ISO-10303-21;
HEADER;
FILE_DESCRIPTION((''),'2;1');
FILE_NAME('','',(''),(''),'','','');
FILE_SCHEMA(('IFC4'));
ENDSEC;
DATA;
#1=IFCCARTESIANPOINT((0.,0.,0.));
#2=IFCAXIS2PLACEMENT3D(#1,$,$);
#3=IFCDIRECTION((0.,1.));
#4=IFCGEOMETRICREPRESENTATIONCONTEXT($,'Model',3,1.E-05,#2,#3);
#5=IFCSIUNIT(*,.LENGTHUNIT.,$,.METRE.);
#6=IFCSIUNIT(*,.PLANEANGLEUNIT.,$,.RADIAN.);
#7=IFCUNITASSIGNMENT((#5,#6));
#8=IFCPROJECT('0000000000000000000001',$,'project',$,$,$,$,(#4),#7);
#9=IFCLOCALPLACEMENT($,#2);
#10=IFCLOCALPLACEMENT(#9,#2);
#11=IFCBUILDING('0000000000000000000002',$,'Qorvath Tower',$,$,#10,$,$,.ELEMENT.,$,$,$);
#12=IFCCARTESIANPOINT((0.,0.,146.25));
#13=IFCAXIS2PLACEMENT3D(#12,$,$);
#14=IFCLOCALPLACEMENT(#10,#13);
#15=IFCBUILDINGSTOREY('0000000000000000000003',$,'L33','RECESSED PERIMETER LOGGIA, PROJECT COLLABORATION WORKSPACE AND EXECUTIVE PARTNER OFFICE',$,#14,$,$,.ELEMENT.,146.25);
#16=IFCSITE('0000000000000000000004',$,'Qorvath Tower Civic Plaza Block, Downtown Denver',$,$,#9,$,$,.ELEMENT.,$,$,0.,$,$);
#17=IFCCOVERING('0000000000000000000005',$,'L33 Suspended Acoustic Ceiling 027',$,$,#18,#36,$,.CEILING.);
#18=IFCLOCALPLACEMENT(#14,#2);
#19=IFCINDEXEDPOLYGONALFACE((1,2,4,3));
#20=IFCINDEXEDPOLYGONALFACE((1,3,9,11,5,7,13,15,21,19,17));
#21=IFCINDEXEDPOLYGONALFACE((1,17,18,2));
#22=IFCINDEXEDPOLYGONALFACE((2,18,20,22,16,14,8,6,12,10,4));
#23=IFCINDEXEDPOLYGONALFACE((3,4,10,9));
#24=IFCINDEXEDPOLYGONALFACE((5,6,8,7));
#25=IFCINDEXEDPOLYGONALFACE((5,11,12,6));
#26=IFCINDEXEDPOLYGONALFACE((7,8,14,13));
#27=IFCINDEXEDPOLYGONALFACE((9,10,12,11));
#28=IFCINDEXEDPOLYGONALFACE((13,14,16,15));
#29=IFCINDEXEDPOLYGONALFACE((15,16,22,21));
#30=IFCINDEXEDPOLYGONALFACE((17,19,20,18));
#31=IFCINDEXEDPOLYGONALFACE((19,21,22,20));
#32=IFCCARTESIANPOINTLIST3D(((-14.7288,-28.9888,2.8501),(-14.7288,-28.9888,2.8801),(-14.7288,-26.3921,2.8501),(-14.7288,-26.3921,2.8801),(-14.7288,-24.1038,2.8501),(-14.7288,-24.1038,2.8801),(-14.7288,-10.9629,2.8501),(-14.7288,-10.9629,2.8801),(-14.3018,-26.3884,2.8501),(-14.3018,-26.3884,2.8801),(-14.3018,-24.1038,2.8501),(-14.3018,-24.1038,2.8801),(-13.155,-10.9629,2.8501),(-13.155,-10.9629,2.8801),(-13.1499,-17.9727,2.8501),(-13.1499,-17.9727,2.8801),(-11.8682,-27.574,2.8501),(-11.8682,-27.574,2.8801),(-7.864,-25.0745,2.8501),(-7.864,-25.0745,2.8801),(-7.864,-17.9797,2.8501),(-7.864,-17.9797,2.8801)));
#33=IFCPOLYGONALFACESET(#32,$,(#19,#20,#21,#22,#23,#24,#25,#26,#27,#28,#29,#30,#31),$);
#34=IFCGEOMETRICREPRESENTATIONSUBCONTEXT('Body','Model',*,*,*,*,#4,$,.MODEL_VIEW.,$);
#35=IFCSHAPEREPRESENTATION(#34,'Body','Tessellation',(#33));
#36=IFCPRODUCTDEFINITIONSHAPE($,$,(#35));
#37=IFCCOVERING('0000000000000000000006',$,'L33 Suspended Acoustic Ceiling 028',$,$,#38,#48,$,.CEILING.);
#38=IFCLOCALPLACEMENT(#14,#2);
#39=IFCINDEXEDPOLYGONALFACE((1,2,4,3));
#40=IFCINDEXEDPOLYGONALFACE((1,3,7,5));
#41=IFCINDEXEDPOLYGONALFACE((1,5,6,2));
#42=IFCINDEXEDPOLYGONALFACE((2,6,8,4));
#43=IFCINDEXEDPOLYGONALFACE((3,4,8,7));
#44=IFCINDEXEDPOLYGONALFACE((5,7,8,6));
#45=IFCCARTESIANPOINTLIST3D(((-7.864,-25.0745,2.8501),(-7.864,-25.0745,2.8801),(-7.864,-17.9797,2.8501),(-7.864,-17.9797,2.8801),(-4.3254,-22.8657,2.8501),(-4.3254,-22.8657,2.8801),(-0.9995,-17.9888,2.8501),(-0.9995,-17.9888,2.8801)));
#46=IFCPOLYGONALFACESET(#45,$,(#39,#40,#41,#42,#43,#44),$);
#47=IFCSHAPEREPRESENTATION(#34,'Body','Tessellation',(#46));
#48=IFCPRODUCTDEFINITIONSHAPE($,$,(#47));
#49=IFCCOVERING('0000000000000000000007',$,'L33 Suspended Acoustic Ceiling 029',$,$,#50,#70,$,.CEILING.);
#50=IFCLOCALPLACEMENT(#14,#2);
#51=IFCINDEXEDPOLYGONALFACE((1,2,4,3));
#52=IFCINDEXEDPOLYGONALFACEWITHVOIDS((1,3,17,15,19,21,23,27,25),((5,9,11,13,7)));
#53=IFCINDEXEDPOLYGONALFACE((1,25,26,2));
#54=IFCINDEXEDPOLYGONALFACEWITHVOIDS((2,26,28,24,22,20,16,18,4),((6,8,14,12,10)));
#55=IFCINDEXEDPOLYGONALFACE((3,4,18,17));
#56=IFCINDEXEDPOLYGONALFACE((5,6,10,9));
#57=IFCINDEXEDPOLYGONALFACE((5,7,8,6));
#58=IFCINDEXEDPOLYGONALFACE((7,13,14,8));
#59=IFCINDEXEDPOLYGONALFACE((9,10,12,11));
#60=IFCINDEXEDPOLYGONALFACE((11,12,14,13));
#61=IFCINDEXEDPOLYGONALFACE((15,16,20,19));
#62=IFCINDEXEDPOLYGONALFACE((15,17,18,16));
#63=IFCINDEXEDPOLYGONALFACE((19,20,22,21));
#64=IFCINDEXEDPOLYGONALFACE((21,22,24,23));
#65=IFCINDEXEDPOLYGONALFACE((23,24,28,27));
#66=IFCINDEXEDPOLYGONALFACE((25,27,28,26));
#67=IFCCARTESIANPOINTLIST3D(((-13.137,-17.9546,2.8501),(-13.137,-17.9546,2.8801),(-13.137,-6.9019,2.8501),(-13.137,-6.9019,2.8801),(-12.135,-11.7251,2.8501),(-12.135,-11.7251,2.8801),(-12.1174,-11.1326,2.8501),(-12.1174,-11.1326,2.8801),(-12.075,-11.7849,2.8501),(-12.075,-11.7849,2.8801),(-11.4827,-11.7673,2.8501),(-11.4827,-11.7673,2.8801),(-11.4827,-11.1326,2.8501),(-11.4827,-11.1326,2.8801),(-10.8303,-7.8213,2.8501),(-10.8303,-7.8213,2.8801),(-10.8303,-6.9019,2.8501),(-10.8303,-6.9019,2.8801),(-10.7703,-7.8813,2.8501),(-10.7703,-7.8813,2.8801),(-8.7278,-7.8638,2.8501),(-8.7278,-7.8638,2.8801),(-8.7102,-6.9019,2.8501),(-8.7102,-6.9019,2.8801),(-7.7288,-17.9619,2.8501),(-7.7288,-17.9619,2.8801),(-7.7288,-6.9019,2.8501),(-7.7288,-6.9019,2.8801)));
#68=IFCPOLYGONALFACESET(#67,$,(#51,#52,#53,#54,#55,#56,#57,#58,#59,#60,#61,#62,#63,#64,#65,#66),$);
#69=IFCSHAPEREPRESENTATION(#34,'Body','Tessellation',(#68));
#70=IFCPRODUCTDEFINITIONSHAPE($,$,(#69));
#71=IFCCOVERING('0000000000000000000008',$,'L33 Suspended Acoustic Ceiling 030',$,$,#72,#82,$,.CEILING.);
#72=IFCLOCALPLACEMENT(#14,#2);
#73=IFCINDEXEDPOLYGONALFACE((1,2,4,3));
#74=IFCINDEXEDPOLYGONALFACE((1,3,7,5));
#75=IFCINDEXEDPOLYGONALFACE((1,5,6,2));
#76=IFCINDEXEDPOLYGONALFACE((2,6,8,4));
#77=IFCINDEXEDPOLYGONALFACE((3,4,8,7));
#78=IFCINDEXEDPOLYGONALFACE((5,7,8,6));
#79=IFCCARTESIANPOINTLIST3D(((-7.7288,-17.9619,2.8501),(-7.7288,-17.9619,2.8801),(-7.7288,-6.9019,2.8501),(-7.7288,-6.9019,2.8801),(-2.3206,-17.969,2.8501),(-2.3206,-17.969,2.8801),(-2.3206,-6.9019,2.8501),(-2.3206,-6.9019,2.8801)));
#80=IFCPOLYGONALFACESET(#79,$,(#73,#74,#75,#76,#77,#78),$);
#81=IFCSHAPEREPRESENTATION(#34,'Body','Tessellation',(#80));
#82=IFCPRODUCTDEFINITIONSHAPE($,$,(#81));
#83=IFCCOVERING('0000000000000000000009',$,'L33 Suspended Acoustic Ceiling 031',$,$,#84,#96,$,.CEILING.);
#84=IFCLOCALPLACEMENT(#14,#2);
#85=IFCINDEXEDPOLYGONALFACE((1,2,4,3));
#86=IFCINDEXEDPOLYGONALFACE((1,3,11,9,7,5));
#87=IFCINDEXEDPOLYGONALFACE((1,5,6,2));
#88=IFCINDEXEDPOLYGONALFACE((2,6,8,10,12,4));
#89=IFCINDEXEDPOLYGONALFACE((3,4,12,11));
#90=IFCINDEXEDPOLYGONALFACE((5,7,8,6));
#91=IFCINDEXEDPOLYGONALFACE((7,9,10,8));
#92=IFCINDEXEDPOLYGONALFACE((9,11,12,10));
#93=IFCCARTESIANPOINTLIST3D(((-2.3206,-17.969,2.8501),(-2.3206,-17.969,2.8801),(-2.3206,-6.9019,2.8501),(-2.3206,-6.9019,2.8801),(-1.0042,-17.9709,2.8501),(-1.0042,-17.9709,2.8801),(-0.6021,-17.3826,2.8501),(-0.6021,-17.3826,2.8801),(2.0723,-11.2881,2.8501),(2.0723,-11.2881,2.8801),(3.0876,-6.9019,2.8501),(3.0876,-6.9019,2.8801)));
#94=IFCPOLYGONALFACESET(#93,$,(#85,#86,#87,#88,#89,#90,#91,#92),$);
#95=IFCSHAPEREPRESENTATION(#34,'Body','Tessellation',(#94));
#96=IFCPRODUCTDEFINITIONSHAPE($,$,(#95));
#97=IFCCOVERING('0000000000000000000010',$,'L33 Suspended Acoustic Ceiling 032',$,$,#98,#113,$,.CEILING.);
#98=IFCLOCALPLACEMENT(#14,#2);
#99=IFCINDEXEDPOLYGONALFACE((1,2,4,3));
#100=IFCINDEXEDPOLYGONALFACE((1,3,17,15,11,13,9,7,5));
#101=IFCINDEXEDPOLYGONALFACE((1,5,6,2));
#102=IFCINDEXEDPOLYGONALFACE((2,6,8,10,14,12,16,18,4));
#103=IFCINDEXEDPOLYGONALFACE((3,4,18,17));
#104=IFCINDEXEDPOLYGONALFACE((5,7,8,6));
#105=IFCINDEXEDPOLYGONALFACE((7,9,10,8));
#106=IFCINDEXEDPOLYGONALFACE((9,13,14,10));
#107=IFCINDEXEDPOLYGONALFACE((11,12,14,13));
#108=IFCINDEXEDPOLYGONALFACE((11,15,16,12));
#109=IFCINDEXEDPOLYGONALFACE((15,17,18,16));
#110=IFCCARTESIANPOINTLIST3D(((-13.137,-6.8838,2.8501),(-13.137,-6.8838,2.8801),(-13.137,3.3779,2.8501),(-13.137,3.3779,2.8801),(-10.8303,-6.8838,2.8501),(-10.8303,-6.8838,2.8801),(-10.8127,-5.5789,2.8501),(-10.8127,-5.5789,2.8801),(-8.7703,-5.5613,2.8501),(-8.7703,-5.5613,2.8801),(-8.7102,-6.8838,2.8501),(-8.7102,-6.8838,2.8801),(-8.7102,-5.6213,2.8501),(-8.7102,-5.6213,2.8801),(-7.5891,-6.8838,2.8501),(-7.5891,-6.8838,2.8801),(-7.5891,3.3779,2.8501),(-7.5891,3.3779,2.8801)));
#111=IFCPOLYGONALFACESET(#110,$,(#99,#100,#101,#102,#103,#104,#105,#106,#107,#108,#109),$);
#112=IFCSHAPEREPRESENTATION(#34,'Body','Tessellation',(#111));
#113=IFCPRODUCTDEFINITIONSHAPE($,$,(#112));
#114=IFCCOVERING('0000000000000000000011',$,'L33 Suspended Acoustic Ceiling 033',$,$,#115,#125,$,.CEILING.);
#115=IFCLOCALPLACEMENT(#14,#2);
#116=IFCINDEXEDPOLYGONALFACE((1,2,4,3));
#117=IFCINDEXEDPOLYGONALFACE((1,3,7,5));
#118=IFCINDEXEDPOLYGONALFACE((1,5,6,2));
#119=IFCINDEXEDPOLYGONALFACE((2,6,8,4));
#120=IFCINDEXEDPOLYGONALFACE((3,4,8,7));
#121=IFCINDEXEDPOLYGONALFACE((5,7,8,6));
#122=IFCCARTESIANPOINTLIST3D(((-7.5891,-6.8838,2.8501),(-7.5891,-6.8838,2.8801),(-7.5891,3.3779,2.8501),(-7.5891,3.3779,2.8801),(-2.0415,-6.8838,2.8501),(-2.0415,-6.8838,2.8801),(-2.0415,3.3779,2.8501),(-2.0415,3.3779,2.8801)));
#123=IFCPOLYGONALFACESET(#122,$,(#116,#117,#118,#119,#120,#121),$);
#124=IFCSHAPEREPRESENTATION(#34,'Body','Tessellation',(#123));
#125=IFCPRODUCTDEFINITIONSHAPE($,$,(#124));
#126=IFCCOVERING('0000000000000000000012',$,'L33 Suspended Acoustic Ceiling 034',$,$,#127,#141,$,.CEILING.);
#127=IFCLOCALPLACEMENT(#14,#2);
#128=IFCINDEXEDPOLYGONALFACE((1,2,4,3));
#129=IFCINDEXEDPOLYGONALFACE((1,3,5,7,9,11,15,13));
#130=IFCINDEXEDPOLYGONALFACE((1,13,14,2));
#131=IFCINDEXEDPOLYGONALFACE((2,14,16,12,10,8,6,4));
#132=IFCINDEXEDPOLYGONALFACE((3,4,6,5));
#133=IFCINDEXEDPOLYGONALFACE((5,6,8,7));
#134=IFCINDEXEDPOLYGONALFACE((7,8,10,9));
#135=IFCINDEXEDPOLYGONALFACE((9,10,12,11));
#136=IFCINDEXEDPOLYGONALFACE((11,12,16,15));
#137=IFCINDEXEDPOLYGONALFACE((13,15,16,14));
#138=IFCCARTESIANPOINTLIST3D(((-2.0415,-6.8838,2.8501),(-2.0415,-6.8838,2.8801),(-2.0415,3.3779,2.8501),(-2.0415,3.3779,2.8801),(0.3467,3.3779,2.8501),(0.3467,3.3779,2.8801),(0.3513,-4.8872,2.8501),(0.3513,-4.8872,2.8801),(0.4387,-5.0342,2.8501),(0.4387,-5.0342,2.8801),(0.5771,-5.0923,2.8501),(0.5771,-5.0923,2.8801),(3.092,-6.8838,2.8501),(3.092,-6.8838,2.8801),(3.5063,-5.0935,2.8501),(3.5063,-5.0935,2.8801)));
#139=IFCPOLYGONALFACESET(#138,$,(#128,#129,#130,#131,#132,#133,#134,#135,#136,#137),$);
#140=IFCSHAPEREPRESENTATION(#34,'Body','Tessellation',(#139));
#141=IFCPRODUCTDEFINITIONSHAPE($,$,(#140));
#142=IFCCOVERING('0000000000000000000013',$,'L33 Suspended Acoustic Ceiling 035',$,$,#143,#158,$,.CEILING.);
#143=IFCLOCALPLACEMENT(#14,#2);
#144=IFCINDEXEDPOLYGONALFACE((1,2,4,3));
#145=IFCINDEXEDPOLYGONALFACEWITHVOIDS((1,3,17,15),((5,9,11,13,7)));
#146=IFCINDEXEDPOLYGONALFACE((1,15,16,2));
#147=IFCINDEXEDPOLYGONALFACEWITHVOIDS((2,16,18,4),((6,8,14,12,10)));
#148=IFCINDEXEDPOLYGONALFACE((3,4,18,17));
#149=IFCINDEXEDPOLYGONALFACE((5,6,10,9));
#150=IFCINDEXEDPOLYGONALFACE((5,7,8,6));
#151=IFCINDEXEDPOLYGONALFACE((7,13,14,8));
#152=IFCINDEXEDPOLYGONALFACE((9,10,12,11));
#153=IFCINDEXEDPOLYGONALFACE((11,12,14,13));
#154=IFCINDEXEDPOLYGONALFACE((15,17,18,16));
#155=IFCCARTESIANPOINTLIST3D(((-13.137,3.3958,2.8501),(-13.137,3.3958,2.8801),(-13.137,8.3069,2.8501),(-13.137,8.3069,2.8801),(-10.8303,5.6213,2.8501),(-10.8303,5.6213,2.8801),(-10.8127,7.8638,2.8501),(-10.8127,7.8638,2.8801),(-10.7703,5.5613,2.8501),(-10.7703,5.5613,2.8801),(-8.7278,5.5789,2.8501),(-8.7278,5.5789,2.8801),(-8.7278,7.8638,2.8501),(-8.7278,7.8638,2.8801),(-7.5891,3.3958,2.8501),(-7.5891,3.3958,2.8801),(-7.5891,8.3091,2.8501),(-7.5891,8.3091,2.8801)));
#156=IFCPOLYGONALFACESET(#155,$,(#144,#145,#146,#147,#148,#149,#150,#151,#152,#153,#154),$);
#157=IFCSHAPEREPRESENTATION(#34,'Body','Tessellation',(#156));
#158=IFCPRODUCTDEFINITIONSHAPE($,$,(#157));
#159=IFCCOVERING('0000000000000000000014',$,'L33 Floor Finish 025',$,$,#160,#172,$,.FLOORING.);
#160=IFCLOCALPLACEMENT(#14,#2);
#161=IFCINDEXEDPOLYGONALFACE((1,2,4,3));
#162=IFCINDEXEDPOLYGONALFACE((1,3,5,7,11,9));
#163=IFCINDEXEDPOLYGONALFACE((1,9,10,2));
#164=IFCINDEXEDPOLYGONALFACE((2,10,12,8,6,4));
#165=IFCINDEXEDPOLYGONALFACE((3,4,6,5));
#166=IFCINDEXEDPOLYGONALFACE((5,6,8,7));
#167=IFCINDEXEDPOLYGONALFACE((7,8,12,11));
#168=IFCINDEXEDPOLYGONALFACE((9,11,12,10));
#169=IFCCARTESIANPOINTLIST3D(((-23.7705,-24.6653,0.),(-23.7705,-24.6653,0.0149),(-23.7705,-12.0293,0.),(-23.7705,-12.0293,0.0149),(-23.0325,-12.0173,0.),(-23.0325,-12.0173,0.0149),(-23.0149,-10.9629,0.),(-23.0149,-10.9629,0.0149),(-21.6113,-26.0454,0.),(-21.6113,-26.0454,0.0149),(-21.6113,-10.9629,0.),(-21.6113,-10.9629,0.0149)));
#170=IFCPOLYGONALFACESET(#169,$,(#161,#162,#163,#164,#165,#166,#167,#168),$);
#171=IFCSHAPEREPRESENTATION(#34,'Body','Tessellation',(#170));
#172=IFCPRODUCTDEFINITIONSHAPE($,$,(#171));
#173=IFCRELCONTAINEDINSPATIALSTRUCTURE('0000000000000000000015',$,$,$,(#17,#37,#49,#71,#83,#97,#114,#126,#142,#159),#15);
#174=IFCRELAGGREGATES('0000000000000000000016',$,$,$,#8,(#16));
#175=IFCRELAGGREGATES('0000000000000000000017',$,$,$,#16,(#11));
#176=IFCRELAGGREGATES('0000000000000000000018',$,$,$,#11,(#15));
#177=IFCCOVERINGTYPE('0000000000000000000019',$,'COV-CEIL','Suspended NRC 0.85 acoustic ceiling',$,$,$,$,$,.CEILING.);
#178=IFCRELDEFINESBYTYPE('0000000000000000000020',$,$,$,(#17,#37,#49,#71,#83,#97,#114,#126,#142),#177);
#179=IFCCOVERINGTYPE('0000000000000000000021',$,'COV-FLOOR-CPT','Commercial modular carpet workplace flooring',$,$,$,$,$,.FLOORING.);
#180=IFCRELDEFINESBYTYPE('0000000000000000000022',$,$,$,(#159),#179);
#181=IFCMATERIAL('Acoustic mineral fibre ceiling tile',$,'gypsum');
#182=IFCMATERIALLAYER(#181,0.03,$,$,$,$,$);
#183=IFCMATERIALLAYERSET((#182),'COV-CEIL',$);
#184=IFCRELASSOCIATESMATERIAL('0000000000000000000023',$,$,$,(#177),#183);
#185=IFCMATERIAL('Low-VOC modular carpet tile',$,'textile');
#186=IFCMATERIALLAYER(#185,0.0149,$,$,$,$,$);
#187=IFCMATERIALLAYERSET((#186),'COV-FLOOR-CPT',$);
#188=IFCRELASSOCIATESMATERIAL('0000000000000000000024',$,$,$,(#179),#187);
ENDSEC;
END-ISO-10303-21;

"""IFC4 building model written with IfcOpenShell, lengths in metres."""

from ifc_helpers import new_model, si_unit, direction, frame, origin, place, context, subcontext, project, spatial, polyline, outline, extrude, material, layer, layer_set, type_object, element, save


model = new_model("IFC4")

# Units and contexts
model_context = context("Model", 3, precision=1e-05, world=origin(), true_north=direction((0.0, 1.0)))
body_context = subcontext(model_context, "Body", "Model", "MODEL_VIEW")
ifc_project = project(units=[si_unit("LENGTHUNIT", "METRE"), si_unit("PLANEANGLEUNIT", "RADIAN")], contexts=[model_context])

# Site, building, storey
site_placement = place(None, origin())
site = spatial("IfcSite", under=ifc_project, at=site_placement, Name="Qorvath Tower Civic Plaza Block, Downtown Denver", CompositionType="ELEMENT", RefElevation=0.0)
building_placement = place(site_placement, origin())
building = spatial("IfcBuilding", under=site, at=building_placement, Name="Qorvath Tower", CompositionType="ELEMENT")
storey_placement = place(building_placement, frame((0.0, 0.0, 146.25)))
storey = spatial("IfcBuildingStorey", under=building, at=storey_placement, Name="L33", Description="RECESSED PERIMETER LOGGIA, PROJECT COLLABORATION WORKSPACE AND EXECUTIVE PARTNER OFFICE", CompositionType="ELEMENT", Elevation=146.25)

# Coverings
ifc_material_1 = material(Name="Acoustic mineral fibre ceiling tile", Category="gypsum")
ifc_layer_1 = layer(ifc_material_1, 0.03)
ifc_layer_set_1 = layer_set([ifc_layer_1], Name="COV-CEIL")
covering_type_1 = type_object("IfcCoveringType", Name="COV-CEIL", Description="Suspended NRC 0.85 acoustic ceiling", PredefinedType="CEILING", material=ifc_layer_set_1)
covering_1_placement = place(storey_placement, frame((0.0, 0.0, 2.8501)))
element("IfcCovering", 1, at=covering_1_placement, inside=storey, type_object=covering_type_1, Name="L33 Suspended Acoustic Ceiling 027", PredefinedType="CEILING", context=body_context, shape_type="SweptSolid", body=[
    extrude(outline(polyline([(-14.7288, -10.9629), (-14.7288, -24.1038), (-14.3018, -24.1038), (-14.3018, -26.3884), (-14.7288, -26.3921), (-14.7288, -28.9888), (-11.8682, -27.574), (-7.864, -25.0745), (-7.864, -17.9797), (-13.1499, -17.9727), (-13.155, -10.9629), (-14.7288, -10.9629)])), origin(), (0.0, 0.0, 1.0), 0.03),
])
covering_2_placement = place(storey_placement, frame((0.0, 0.0, 2.8501)))
element("IfcCovering", 2, at=covering_2_placement, inside=storey, type_object=covering_type_1, Name="L33 Suspended Acoustic Ceiling 028", PredefinedType="CEILING", context=body_context, shape_type="SweptSolid", body=[
    extrude(outline(polyline([(-7.864, -17.9797), (-7.864, -25.0745), (-4.3254, -22.8657), (-0.9995, -17.9888), (-7.864, -17.9797)])), origin(), (0.0, 0.0, 1.0), 0.03),
])
covering_3_placement = place(storey_placement, frame((0.0, 0.0, 2.8501)))
element("IfcCovering", 3, at=covering_3_placement, inside=storey, type_object=covering_type_1, Name="L33 Suspended Acoustic Ceiling 029", PredefinedType="CEILING", context=body_context, shape_type="SweptSolid", body=[
    extrude(outline(polyline([(-13.137, -17.9546), (-7.7288, -17.9619), (-7.7288, -6.9019), (-8.7102, -6.9019), (-8.7278, -7.8638), (-10.7703, -7.8813), (-10.8303, -7.8213), (-10.8303, -6.9019), (-13.137, -6.9019), (-13.137, -17.9546)]), holes=[polyline([(-12.135, -11.7251), (-12.1174, -11.1326), (-11.4827, -11.1326), (-11.4827, -11.7673), (-12.075, -11.7849), (-12.135, -11.7251)])]), origin(), (0.0, 0.0, 1.0), 0.03),
])
covering_4_placement = place(storey_placement, frame((0.0, 0.0, 2.8501)))
element("IfcCovering", 4, at=covering_4_placement, inside=storey, type_object=covering_type_1, Name="L33 Suspended Acoustic Ceiling 030", PredefinedType="CEILING", context=body_context, shape_type="SweptSolid", body=[
    extrude(outline(polyline([(-7.7288, -6.9019), (-7.7288, -17.9619), (-2.3206, -17.969), (-2.3206, -6.9019), (-7.7288, -6.9019)])), origin(), (0.0, 0.0, 1.0), 0.03),
])
covering_5_placement = place(storey_placement, frame((0.0, 0.0, 2.8501)))
element("IfcCovering", 5, at=covering_5_placement, inside=storey, type_object=covering_type_1, Name="L33 Suspended Acoustic Ceiling 031", PredefinedType="CEILING", context=body_context, shape_type="SweptSolid", body=[
    extrude(outline(polyline([(-2.3206, -6.9019), (-2.3206, -17.969), (-1.0042, -17.9709), (-0.6021, -17.3826), (2.0723, -11.2881), (3.0876, -6.9019), (-2.3206, -6.9019)])), origin(), (0.0, 0.0, 1.0), 0.03),
])
covering_6_placement = place(storey_placement, frame((0.0, 0.0, 2.8501)))
element("IfcCovering", 6, at=covering_6_placement, inside=storey, type_object=covering_type_1, Name="L33 Suspended Acoustic Ceiling 032", PredefinedType="CEILING", context=body_context, shape_type="SweptSolid", body=[
    extrude(outline(polyline([(-7.5891, -6.8838), (-7.5891, 3.3779), (-13.137, 3.3779), (-13.137, -6.8838), (-10.8303, -6.8838), (-10.8127, -5.5789), (-8.7703, -5.5613), (-8.7102, -5.6213), (-8.7102, -6.8838), (-7.5891, -6.8838)])), origin(), (0.0, 0.0, 1.0), 0.03),
])
covering_7_placement = place(storey_placement, frame((0.0, 0.0, 2.8501)))
element("IfcCovering", 7, at=covering_7_placement, inside=storey, type_object=covering_type_1, Name="L33 Suspended Acoustic Ceiling 033", PredefinedType="CEILING", context=body_context, shape_type="SweptSolid", body=[
    extrude(outline(polyline([(-2.0415, -6.8838), (-2.0415, 3.3779), (-7.5891, 3.3779), (-7.5891, -6.8838), (-2.0415, -6.8838)])), origin(), (0.0, 0.0, 1.0), 0.03),
])
covering_8_placement = place(storey_placement, frame((0.0, 0.0, 2.8501)))
element("IfcCovering", 8, at=covering_8_placement, inside=storey, type_object=covering_type_1, Name="L33 Suspended Acoustic Ceiling 034", PredefinedType="CEILING", context=body_context, shape_type="SweptSolid", body=[
    extrude(outline(polyline([(0.4387, -5.0342), (0.3513, -4.8872), (0.3467, 3.3779), (-2.0415, 3.3779), (-2.0415, -6.8838), (3.092, -6.8838), (3.5063, -5.0935), (0.5771, -5.0923), (0.4387, -5.0342)])), origin(), (0.0, 0.0, 1.0), 0.03),
])
covering_9_placement = place(storey_placement, frame((0.0, 0.0, 2.8501)))
element("IfcCovering", 9, at=covering_9_placement, inside=storey, type_object=covering_type_1, Name="L33 Suspended Acoustic Ceiling 035", PredefinedType="CEILING", context=body_context, shape_type="SweptSolid", body=[
    extrude(outline(polyline([(-7.5891, 3.3958), (-7.5891, 8.3091), (-13.137, 8.3069), (-13.137, 3.3958), (-7.5891, 3.3958)]), holes=[polyline([(-10.8303, 5.6213), (-10.8127, 7.8638), (-8.7278, 7.8638), (-8.7278, 5.5789), (-10.7703, 5.5613), (-10.8303, 5.6213)])]), origin(), (0.0, 0.0, 1.0), 0.03),
])
ifc_material_2 = material(Name="Low-VOC modular carpet tile", Category="textile")
ifc_layer_2 = layer(ifc_material_2, 0.0149)
ifc_layer_set_2 = layer_set([ifc_layer_2], Name="COV-FLOOR-CPT")
covering_type_2 = type_object("IfcCoveringType", Name="COV-FLOOR-CPT", Description="Commercial modular carpet workplace flooring", PredefinedType="FLOORING", material=ifc_layer_set_2)
covering_10_placement = place(storey_placement, origin())
element("IfcCovering", 10, at=covering_10_placement, inside=storey, type_object=covering_type_2, Name="L33 Floor Finish 025", PredefinedType="FLOORING", context=body_context, shape_type="SweptSolid", body=[
    extrude(outline(polyline([(-21.6113, -26.0454), (-21.6113, -10.9629), (-23.0149, -10.9629), (-23.0325, -12.0173), (-23.7705, -12.0293), (-23.7705, -24.6653), (-21.6113, -26.0454)])), origin(), (0.0, 0.0, 1.0), 0.0149),
])

save(model, "model.ifc")
